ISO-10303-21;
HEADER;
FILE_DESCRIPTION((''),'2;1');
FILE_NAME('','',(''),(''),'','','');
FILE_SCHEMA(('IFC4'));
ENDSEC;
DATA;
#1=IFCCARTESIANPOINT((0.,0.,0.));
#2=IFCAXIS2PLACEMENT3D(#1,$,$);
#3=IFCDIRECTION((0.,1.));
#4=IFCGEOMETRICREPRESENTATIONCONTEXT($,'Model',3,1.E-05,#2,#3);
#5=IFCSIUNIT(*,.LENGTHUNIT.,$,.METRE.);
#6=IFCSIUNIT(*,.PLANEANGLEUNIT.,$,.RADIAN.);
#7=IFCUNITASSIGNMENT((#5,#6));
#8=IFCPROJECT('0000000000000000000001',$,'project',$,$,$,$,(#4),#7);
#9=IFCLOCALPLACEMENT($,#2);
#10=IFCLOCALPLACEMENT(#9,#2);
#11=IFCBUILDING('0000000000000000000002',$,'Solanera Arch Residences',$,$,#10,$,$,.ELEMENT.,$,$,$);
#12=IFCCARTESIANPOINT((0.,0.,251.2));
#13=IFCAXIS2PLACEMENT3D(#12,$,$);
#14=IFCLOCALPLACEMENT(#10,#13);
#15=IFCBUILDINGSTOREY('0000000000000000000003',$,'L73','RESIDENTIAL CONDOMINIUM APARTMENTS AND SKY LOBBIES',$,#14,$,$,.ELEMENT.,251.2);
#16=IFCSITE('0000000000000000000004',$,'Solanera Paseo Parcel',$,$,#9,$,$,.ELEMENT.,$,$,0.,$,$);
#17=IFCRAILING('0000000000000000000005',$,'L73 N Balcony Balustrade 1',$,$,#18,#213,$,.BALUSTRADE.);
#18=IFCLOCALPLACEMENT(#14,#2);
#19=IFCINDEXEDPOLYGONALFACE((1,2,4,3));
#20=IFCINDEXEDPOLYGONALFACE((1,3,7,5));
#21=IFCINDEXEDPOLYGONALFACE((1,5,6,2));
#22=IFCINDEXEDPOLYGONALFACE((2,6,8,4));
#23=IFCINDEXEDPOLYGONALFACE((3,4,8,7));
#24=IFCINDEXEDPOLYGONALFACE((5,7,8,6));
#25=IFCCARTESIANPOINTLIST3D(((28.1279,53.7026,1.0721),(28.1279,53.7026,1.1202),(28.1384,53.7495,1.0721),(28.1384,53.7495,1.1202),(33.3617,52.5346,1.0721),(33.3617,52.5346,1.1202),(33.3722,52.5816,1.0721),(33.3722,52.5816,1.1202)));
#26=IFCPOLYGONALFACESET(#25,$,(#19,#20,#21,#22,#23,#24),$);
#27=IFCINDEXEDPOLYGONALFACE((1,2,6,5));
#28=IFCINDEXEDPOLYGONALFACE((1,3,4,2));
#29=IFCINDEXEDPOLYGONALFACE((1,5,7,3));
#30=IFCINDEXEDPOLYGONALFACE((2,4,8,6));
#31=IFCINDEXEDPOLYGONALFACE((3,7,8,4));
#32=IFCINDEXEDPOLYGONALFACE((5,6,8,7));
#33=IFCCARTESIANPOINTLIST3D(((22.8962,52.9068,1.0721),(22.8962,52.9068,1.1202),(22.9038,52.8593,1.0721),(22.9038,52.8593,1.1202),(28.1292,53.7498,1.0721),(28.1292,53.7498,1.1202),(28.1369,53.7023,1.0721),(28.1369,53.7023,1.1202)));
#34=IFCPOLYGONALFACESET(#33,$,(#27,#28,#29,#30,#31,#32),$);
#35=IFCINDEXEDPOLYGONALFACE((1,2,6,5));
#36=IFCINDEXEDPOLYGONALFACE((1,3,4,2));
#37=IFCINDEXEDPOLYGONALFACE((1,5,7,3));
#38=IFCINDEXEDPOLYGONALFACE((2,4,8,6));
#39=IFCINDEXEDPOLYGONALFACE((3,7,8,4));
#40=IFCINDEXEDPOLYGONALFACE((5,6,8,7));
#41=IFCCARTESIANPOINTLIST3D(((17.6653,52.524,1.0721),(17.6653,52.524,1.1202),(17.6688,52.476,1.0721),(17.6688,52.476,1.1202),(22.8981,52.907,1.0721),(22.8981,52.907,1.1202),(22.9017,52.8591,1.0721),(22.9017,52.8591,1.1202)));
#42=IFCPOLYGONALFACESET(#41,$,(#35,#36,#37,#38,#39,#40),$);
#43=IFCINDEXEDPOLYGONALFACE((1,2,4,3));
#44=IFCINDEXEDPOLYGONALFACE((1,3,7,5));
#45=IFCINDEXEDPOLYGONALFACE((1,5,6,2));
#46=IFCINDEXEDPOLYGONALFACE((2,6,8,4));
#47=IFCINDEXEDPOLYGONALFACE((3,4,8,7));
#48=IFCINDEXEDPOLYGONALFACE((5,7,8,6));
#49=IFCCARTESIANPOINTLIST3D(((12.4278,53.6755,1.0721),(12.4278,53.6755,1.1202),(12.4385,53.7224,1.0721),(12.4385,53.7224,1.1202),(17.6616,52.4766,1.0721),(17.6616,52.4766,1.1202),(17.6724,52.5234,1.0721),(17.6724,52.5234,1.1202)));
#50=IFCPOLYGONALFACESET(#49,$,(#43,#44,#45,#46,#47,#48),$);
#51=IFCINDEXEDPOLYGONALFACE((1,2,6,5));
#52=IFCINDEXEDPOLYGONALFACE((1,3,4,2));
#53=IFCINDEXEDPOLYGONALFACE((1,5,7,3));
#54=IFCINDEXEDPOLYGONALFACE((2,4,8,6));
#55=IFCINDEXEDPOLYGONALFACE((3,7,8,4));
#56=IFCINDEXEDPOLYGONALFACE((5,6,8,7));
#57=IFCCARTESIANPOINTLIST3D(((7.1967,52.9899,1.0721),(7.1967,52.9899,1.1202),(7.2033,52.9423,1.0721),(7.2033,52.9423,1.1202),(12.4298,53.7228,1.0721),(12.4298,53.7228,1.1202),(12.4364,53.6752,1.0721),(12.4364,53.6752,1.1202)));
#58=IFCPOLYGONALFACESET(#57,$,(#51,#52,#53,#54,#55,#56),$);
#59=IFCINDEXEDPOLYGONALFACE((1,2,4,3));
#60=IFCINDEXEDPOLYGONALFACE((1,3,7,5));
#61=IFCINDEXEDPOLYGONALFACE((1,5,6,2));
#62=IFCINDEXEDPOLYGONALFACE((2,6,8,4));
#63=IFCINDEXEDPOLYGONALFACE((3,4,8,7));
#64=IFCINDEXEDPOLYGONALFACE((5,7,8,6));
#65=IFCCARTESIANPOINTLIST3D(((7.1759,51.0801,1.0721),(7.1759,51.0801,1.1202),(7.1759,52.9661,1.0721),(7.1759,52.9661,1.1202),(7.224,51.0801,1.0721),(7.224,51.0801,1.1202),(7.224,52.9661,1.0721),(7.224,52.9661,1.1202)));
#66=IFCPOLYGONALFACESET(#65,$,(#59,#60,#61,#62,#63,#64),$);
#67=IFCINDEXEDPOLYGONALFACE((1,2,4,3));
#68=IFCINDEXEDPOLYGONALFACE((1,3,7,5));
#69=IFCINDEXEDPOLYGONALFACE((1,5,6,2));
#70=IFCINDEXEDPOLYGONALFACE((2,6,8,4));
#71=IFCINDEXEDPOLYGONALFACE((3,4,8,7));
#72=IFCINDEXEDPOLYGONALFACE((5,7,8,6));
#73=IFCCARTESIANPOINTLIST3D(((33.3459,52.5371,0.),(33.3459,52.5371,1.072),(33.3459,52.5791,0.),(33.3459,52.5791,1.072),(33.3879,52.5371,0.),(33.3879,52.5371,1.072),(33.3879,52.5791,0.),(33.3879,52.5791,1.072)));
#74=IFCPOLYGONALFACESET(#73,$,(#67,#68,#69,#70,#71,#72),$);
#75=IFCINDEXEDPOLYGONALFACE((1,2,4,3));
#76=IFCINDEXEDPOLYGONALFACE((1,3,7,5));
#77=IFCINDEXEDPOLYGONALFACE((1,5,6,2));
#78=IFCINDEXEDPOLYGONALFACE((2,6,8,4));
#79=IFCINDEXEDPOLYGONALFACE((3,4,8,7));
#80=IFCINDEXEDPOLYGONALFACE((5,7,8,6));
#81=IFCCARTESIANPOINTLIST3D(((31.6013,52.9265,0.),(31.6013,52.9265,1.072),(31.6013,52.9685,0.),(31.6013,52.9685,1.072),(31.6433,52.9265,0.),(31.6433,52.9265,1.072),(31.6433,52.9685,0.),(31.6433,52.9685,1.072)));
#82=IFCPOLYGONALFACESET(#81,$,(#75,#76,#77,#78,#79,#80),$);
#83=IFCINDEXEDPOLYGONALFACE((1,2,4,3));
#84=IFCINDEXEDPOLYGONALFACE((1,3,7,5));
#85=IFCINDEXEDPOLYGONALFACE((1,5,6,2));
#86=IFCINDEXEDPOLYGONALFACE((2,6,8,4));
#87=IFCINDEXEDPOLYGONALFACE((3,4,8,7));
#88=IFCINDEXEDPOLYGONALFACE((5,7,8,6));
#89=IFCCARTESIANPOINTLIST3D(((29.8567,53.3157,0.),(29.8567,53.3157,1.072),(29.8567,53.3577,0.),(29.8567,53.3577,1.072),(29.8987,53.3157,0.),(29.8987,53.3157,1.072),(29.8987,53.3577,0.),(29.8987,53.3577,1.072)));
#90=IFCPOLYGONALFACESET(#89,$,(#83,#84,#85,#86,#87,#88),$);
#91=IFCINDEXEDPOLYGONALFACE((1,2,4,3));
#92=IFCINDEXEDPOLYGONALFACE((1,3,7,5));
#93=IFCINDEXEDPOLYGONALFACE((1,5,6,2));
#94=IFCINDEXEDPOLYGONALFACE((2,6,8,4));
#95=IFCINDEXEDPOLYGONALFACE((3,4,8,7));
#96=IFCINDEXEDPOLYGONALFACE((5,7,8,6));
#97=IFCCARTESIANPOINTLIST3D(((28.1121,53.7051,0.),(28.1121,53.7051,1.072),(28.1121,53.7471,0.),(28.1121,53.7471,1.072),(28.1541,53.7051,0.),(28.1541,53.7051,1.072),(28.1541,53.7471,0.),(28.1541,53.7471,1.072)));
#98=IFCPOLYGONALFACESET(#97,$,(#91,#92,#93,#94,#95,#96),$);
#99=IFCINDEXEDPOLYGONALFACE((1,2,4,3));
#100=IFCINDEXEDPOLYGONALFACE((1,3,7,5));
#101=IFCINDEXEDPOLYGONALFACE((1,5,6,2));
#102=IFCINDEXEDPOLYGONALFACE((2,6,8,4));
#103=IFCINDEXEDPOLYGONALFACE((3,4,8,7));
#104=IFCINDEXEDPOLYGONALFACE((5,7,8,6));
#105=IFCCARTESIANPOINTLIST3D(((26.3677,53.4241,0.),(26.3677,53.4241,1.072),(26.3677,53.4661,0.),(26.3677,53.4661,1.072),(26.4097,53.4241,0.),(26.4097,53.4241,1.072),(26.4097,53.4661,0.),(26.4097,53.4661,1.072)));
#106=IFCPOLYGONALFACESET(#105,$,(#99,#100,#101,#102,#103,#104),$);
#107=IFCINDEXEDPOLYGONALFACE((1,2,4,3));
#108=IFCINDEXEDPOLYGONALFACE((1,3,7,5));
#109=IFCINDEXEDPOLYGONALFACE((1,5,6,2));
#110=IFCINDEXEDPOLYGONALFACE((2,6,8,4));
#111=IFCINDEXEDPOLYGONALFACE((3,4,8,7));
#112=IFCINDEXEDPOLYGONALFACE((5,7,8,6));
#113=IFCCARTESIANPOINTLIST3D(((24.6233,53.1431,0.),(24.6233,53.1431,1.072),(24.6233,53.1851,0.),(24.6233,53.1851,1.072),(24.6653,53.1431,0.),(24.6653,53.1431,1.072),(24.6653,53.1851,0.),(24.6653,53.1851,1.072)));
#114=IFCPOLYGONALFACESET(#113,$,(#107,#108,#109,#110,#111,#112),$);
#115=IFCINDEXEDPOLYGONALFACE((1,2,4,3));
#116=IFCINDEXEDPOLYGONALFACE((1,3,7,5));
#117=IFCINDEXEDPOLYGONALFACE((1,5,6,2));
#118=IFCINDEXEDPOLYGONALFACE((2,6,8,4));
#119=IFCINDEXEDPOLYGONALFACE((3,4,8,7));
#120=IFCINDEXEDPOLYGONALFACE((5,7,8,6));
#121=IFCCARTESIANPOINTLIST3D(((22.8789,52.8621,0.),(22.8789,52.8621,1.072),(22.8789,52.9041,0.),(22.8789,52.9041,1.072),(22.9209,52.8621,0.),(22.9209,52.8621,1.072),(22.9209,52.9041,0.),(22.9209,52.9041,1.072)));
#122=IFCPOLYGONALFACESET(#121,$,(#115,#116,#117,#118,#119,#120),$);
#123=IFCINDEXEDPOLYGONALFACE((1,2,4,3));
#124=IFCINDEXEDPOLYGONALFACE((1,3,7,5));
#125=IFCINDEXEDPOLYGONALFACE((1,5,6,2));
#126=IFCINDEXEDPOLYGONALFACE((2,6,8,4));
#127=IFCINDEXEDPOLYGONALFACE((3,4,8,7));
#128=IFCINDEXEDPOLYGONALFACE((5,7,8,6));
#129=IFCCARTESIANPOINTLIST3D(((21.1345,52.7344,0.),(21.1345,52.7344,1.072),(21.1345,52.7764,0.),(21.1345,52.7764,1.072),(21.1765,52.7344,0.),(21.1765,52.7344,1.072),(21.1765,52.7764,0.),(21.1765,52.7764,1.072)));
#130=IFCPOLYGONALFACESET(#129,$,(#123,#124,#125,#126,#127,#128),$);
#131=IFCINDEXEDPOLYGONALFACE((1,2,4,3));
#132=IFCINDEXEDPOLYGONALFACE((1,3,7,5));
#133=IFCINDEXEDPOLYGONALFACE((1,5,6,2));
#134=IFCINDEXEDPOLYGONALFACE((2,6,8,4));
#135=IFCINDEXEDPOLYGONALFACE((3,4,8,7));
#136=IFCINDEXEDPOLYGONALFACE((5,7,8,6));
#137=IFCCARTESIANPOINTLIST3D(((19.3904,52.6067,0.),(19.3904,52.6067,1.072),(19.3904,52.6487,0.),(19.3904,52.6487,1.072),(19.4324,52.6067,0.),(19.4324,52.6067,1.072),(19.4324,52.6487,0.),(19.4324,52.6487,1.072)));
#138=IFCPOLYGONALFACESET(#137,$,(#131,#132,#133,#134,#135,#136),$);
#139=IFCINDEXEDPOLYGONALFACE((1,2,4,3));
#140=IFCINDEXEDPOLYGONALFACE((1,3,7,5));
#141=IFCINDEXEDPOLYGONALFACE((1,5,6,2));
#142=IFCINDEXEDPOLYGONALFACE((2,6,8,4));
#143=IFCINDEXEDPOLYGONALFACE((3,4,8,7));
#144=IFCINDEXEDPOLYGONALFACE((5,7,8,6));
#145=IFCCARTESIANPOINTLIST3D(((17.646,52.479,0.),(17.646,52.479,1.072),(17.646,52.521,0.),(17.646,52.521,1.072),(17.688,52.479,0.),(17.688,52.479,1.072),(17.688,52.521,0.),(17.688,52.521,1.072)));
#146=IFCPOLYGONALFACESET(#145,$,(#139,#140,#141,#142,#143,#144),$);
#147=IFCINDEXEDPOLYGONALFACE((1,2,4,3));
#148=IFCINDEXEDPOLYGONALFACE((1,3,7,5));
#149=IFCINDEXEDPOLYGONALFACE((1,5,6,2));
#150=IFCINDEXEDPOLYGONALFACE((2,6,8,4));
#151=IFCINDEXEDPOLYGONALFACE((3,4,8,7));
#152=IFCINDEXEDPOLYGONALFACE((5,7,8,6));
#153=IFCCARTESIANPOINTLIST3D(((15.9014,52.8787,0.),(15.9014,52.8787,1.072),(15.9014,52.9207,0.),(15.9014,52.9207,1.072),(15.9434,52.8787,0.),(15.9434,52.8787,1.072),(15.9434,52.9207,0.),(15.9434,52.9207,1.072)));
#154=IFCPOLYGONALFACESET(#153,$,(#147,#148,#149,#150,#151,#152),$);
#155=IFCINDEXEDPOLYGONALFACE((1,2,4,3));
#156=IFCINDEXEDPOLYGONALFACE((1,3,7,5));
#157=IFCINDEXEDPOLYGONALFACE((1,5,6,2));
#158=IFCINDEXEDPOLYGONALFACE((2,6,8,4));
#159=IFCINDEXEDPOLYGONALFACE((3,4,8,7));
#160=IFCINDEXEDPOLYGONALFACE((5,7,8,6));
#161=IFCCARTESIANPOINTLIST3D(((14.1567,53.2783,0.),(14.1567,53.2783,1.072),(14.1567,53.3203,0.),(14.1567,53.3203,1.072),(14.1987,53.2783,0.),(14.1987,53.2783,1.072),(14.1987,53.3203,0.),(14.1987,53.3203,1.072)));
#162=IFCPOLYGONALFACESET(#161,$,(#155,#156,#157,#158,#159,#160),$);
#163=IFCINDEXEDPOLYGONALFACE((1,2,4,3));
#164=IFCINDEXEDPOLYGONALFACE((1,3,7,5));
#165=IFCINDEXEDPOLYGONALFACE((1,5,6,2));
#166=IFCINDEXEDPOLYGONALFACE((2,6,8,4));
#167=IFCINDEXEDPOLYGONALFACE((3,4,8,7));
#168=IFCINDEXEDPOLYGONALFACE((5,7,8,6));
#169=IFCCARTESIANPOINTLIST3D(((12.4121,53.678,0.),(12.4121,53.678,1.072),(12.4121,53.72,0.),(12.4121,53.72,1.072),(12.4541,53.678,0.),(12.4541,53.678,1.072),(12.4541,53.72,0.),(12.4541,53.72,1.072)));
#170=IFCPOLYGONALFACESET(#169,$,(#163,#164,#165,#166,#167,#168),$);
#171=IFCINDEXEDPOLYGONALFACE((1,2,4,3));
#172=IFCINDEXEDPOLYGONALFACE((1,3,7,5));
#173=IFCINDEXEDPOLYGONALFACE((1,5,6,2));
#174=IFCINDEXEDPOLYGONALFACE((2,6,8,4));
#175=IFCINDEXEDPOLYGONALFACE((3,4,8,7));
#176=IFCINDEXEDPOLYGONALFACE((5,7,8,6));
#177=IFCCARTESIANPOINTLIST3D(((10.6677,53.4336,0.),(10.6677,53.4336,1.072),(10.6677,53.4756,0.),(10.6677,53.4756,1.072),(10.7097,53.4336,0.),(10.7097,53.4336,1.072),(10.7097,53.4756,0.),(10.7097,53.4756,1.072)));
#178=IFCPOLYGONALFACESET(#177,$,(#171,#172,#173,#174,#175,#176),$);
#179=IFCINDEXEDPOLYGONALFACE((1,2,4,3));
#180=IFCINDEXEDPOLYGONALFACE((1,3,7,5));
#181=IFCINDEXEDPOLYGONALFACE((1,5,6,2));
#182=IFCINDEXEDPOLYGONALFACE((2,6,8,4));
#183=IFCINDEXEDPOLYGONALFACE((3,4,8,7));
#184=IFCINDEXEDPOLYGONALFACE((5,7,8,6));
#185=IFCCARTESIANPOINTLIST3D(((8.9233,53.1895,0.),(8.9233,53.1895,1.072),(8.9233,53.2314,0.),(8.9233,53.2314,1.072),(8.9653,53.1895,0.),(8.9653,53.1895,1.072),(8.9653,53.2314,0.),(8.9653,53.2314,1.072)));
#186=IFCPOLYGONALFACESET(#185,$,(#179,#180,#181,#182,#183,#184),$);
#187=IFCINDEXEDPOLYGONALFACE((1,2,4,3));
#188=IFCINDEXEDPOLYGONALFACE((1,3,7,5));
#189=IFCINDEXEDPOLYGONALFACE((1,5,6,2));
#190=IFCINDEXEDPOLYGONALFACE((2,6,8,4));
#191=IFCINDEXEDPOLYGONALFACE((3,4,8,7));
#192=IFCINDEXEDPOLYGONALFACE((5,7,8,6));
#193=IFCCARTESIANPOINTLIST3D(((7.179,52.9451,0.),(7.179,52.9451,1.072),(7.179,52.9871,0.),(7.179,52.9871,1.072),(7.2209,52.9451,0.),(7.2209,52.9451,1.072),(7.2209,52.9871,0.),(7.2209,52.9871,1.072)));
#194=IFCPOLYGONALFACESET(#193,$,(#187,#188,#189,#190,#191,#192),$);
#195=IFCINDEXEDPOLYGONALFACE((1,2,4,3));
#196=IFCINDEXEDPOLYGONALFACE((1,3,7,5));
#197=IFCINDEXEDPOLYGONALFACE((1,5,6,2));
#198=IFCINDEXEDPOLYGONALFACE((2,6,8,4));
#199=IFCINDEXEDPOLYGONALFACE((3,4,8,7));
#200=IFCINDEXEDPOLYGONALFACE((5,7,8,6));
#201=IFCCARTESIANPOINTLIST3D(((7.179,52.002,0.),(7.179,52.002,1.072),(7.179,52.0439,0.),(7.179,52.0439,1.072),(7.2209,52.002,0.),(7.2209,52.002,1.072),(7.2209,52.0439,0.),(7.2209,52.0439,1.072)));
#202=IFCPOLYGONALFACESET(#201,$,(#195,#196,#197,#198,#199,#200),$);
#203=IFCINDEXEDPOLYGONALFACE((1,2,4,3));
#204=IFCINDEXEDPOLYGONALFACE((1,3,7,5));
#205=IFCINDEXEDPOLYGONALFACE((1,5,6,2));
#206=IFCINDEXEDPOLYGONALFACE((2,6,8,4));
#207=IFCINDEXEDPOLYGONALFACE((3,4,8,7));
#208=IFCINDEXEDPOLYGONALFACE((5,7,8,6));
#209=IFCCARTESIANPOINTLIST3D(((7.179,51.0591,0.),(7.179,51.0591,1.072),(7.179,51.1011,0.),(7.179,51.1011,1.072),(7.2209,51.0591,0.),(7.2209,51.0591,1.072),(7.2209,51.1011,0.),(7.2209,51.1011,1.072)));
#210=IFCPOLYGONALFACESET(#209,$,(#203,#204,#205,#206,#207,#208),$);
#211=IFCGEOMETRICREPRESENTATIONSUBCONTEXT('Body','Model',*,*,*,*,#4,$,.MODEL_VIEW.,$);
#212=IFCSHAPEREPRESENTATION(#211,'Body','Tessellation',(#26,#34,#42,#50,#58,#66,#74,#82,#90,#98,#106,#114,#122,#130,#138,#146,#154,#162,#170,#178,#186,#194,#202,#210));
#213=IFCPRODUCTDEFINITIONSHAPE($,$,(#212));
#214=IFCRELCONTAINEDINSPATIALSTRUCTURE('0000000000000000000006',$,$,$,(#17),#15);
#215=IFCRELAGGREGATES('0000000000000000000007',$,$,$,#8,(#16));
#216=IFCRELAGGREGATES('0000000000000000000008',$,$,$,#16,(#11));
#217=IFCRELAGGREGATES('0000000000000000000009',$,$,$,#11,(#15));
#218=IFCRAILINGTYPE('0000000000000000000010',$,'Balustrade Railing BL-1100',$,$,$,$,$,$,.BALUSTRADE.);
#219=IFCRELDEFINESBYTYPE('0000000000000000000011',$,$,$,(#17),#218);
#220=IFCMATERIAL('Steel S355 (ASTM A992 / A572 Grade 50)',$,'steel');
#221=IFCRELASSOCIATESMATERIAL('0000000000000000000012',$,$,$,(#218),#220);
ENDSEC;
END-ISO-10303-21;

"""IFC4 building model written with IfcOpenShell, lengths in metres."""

from ifc_helpers import new_model, si_unit, direction, frame, origin, origin_2d, place, context, subcontext, project, spatial, rectangle, extrude, material, type_object, element, save


model = new_model("IFC4")

# Units and contexts
model_context = context("Model", 3, precision=1e-05, world=origin(), true_north=direction((0.0, 1.0)))
body_context = subcontext(model_context, "Body", "Model", "MODEL_VIEW")
ifc_project = project(units=[si_unit("LENGTHUNIT", "METRE"), si_unit("PLANEANGLEUNIT", "RADIAN")], contexts=[model_context])

# Site, building, storey
site_placement = place(None, origin())
site = spatial("IfcSite", under=ifc_project, at=site_placement, Name="Solanera Paseo Parcel", CompositionType="ELEMENT", RefElevation=0.0)
building_placement = place(site_placement, origin())
building = spatial("IfcBuilding", under=site, at=building_placement, Name="Solanera Arch Residences", CompositionType="ELEMENT")
storey_placement = place(building_placement, frame((0.0, 0.0, 251.2)))
storey = spatial("IfcBuildingStorey", under=building, at=storey_placement, Name="L73", Description="RESIDENTIAL CONDOMINIUM APARTMENTS AND SKY LOBBIES", CompositionType="ELEMENT", Elevation=251.2)

# Railing
ifc_material_1 = material(Name="Steel S355 (ASTM A992 / A572 Grade 50)", Category="steel")
railing_type = type_object("IfcRailingType", Name="Balustrade Railing BL-1100", PredefinedType="BALUSTRADE", material=ifc_material_1)
railing_1_placement = place(storey_placement, frame((33.3669, 52.5581, 0.0)))
element("IfcRailing", 1, at=railing_1_placement, inside=storey, type_object=railing_type, Name="L73 N Balcony Balustrade 1", PredefinedType="BALUSTRADE", context=body_context, shape_type="SweptSolid", body=[
    extrude(rectangle(XDim=0.0481, YDim=0.0481, at=origin_2d()), frame((0.0, 0.0, 1.0962), z_axis=(-0.975994, 0.217798, 0.0), x_axis=(-0.217798, -0.975994, 0.0)), (0.0, 0.0, 1.0), 5.3625),
    extrude(rectangle(XDim=0.0481, YDim=0.0481, at=origin_2d()), frame((-5.2339, 1.168, 1.0962), z_axis=(-0.987272, -0.159041, 0.0), x_axis=(0.159041, -0.987272, 0.0)), (0.0, 0.0, 1.0), 5.3005),
    extrude(rectangle(XDim=0.0481, YDim=0.0481, at=origin_2d()), frame((-10.467, 0.325, 1.0962), z_axis=(-0.997331, -0.073006, 0.0), x_axis=(0.073006, -0.997331, 0.0)), (0.0, 0.0, 1.0), 5.2468),
    extrude(rectangle(XDim=0.0481, YDim=0.0481, at=origin_2d()), frame((-15.7, -0.0581, 1.0962), z_axis=(-0.974751, 0.223295, 0.0), x_axis=(-0.223295, -0.974751, 0.0)), (0.0, 0.0, 1.0), 5.3694),
    extrude(rectangle(XDim=0.0481, YDim=0.0481, at=origin_2d()), frame((-20.9338, 1.1409, 1.0962), z_axis=(-0.990335, -0.138698, 0.0), x_axis=(0.138698, -0.990335, 0.0)), (0.0, 0.0, 1.0), 5.2842),
    extrude(rectangle(XDim=0.0481, YDim=0.0481, at=origin_2d()), frame((-26.167, 0.408, 1.0962), z_axis=(0.0, -1.0, 0.0), x_axis=(1.0, 0.0, 0.0)), (0.0, 0.0, 1.0), 1.886),
    extrude(rectangle(XDim=0.042, YDim=0.042, at=origin_2d()), origin(), (0.0, 0.0, 1.0), 1.072),
    extrude(rectangle(XDim=0.042, YDim=0.042, at=origin_2d()), frame((-1.7446, 0.3894, 0.0)), (0.0, 0.0, 1.0), 1.072),
    extrude(rectangle(XDim=0.042, YDim=0.042, at=origin_2d()), frame((-3.4893, 0.7786, 0.0)), (0.0, 0.0, 1.0), 1.072),
    extrude(rectangle(XDim=0.042, YDim=0.042, at=origin_2d()), frame((-5.2339, 1.168, 0.0)), (0.0, 0.0, 1.0), 1.072),
    extrude(rectangle(XDim=0.042, YDim=0.042, at=origin_2d()), frame((-6.9783, 0.887, 0.0)), (0.0, 0.0, 1.0), 1.072),
    extrude(rectangle(XDim=0.042, YDim=0.042, at=origin_2d()), frame((-8.7227, 0.606, 0.0)), (0.0, 0.0, 1.0), 1.072),
    extrude(rectangle(XDim=0.042, YDim=0.042, at=origin_2d()), frame((-10.467, 0.325, 0.0)), (0.0, 0.0, 1.0), 1.072),
    extrude(rectangle(XDim=0.042, YDim=0.042, at=origin_2d()), frame((-12.2114, 0.1973, 0.0)), (0.0, 0.0, 1.0), 1.072),
    extrude(rectangle(XDim=0.042, YDim=0.042, at=origin_2d()), frame((-13.9556, 0.0696, 0.0)), (0.0, 0.0, 1.0), 1.072),
    extrude(rectangle(XDim=0.042, YDim=0.042, at=origin_2d()), frame((-15.7, -0.0581, 0.0)), (0.0, 0.0, 1.0), 1.072),
    extrude(rectangle(XDim=0.042, YDim=0.042, at=origin_2d()), frame((-17.4446, 0.3416, 0.0)), (0.0, 0.0, 1.0), 1.072),
    extrude(rectangle(XDim=0.042, YDim=0.042, at=origin_2d()), frame((-19.1892, 0.7412, 0.0)), (0.0, 0.0, 1.0), 1.072),
    extrude(rectangle(XDim=0.042, YDim=0.042, at=origin_2d()), frame((-20.9338, 1.1409, 0.0)), (0.0, 0.0, 1.0), 1.072),
    extrude(rectangle(XDim=0.042, YDim=0.042, at=origin_2d()), frame((-22.6782, 0.8965, 0.0)), (0.0, 0.0, 1.0), 1.072),
    extrude(rectangle(XDim=0.042, YDim=0.042, at=origin_2d()), frame((-24.4226, 0.6523, 0.0)), (0.0, 0.0, 1.0), 1.072),
    extrude(rectangle(XDim=0.042, YDim=0.042, at=origin_2d()), frame((-26.167, 0.408, 0.0)), (0.0, 0.0, 1.0), 1.072),
    extrude(rectangle(XDim=0.042, YDim=0.042, at=origin_2d()), frame((-26.167, -0.5352, 0.0)), (0.0, 0.0, 1.0), 1.072),
    extrude(rectangle(XDim=0.042, YDim=0.042, at=origin_2d()), frame((-26.167, -1.478, 0.0)), (0.0, 0.0, 1.0), 1.072),
])

save(model, "model.ifc")
